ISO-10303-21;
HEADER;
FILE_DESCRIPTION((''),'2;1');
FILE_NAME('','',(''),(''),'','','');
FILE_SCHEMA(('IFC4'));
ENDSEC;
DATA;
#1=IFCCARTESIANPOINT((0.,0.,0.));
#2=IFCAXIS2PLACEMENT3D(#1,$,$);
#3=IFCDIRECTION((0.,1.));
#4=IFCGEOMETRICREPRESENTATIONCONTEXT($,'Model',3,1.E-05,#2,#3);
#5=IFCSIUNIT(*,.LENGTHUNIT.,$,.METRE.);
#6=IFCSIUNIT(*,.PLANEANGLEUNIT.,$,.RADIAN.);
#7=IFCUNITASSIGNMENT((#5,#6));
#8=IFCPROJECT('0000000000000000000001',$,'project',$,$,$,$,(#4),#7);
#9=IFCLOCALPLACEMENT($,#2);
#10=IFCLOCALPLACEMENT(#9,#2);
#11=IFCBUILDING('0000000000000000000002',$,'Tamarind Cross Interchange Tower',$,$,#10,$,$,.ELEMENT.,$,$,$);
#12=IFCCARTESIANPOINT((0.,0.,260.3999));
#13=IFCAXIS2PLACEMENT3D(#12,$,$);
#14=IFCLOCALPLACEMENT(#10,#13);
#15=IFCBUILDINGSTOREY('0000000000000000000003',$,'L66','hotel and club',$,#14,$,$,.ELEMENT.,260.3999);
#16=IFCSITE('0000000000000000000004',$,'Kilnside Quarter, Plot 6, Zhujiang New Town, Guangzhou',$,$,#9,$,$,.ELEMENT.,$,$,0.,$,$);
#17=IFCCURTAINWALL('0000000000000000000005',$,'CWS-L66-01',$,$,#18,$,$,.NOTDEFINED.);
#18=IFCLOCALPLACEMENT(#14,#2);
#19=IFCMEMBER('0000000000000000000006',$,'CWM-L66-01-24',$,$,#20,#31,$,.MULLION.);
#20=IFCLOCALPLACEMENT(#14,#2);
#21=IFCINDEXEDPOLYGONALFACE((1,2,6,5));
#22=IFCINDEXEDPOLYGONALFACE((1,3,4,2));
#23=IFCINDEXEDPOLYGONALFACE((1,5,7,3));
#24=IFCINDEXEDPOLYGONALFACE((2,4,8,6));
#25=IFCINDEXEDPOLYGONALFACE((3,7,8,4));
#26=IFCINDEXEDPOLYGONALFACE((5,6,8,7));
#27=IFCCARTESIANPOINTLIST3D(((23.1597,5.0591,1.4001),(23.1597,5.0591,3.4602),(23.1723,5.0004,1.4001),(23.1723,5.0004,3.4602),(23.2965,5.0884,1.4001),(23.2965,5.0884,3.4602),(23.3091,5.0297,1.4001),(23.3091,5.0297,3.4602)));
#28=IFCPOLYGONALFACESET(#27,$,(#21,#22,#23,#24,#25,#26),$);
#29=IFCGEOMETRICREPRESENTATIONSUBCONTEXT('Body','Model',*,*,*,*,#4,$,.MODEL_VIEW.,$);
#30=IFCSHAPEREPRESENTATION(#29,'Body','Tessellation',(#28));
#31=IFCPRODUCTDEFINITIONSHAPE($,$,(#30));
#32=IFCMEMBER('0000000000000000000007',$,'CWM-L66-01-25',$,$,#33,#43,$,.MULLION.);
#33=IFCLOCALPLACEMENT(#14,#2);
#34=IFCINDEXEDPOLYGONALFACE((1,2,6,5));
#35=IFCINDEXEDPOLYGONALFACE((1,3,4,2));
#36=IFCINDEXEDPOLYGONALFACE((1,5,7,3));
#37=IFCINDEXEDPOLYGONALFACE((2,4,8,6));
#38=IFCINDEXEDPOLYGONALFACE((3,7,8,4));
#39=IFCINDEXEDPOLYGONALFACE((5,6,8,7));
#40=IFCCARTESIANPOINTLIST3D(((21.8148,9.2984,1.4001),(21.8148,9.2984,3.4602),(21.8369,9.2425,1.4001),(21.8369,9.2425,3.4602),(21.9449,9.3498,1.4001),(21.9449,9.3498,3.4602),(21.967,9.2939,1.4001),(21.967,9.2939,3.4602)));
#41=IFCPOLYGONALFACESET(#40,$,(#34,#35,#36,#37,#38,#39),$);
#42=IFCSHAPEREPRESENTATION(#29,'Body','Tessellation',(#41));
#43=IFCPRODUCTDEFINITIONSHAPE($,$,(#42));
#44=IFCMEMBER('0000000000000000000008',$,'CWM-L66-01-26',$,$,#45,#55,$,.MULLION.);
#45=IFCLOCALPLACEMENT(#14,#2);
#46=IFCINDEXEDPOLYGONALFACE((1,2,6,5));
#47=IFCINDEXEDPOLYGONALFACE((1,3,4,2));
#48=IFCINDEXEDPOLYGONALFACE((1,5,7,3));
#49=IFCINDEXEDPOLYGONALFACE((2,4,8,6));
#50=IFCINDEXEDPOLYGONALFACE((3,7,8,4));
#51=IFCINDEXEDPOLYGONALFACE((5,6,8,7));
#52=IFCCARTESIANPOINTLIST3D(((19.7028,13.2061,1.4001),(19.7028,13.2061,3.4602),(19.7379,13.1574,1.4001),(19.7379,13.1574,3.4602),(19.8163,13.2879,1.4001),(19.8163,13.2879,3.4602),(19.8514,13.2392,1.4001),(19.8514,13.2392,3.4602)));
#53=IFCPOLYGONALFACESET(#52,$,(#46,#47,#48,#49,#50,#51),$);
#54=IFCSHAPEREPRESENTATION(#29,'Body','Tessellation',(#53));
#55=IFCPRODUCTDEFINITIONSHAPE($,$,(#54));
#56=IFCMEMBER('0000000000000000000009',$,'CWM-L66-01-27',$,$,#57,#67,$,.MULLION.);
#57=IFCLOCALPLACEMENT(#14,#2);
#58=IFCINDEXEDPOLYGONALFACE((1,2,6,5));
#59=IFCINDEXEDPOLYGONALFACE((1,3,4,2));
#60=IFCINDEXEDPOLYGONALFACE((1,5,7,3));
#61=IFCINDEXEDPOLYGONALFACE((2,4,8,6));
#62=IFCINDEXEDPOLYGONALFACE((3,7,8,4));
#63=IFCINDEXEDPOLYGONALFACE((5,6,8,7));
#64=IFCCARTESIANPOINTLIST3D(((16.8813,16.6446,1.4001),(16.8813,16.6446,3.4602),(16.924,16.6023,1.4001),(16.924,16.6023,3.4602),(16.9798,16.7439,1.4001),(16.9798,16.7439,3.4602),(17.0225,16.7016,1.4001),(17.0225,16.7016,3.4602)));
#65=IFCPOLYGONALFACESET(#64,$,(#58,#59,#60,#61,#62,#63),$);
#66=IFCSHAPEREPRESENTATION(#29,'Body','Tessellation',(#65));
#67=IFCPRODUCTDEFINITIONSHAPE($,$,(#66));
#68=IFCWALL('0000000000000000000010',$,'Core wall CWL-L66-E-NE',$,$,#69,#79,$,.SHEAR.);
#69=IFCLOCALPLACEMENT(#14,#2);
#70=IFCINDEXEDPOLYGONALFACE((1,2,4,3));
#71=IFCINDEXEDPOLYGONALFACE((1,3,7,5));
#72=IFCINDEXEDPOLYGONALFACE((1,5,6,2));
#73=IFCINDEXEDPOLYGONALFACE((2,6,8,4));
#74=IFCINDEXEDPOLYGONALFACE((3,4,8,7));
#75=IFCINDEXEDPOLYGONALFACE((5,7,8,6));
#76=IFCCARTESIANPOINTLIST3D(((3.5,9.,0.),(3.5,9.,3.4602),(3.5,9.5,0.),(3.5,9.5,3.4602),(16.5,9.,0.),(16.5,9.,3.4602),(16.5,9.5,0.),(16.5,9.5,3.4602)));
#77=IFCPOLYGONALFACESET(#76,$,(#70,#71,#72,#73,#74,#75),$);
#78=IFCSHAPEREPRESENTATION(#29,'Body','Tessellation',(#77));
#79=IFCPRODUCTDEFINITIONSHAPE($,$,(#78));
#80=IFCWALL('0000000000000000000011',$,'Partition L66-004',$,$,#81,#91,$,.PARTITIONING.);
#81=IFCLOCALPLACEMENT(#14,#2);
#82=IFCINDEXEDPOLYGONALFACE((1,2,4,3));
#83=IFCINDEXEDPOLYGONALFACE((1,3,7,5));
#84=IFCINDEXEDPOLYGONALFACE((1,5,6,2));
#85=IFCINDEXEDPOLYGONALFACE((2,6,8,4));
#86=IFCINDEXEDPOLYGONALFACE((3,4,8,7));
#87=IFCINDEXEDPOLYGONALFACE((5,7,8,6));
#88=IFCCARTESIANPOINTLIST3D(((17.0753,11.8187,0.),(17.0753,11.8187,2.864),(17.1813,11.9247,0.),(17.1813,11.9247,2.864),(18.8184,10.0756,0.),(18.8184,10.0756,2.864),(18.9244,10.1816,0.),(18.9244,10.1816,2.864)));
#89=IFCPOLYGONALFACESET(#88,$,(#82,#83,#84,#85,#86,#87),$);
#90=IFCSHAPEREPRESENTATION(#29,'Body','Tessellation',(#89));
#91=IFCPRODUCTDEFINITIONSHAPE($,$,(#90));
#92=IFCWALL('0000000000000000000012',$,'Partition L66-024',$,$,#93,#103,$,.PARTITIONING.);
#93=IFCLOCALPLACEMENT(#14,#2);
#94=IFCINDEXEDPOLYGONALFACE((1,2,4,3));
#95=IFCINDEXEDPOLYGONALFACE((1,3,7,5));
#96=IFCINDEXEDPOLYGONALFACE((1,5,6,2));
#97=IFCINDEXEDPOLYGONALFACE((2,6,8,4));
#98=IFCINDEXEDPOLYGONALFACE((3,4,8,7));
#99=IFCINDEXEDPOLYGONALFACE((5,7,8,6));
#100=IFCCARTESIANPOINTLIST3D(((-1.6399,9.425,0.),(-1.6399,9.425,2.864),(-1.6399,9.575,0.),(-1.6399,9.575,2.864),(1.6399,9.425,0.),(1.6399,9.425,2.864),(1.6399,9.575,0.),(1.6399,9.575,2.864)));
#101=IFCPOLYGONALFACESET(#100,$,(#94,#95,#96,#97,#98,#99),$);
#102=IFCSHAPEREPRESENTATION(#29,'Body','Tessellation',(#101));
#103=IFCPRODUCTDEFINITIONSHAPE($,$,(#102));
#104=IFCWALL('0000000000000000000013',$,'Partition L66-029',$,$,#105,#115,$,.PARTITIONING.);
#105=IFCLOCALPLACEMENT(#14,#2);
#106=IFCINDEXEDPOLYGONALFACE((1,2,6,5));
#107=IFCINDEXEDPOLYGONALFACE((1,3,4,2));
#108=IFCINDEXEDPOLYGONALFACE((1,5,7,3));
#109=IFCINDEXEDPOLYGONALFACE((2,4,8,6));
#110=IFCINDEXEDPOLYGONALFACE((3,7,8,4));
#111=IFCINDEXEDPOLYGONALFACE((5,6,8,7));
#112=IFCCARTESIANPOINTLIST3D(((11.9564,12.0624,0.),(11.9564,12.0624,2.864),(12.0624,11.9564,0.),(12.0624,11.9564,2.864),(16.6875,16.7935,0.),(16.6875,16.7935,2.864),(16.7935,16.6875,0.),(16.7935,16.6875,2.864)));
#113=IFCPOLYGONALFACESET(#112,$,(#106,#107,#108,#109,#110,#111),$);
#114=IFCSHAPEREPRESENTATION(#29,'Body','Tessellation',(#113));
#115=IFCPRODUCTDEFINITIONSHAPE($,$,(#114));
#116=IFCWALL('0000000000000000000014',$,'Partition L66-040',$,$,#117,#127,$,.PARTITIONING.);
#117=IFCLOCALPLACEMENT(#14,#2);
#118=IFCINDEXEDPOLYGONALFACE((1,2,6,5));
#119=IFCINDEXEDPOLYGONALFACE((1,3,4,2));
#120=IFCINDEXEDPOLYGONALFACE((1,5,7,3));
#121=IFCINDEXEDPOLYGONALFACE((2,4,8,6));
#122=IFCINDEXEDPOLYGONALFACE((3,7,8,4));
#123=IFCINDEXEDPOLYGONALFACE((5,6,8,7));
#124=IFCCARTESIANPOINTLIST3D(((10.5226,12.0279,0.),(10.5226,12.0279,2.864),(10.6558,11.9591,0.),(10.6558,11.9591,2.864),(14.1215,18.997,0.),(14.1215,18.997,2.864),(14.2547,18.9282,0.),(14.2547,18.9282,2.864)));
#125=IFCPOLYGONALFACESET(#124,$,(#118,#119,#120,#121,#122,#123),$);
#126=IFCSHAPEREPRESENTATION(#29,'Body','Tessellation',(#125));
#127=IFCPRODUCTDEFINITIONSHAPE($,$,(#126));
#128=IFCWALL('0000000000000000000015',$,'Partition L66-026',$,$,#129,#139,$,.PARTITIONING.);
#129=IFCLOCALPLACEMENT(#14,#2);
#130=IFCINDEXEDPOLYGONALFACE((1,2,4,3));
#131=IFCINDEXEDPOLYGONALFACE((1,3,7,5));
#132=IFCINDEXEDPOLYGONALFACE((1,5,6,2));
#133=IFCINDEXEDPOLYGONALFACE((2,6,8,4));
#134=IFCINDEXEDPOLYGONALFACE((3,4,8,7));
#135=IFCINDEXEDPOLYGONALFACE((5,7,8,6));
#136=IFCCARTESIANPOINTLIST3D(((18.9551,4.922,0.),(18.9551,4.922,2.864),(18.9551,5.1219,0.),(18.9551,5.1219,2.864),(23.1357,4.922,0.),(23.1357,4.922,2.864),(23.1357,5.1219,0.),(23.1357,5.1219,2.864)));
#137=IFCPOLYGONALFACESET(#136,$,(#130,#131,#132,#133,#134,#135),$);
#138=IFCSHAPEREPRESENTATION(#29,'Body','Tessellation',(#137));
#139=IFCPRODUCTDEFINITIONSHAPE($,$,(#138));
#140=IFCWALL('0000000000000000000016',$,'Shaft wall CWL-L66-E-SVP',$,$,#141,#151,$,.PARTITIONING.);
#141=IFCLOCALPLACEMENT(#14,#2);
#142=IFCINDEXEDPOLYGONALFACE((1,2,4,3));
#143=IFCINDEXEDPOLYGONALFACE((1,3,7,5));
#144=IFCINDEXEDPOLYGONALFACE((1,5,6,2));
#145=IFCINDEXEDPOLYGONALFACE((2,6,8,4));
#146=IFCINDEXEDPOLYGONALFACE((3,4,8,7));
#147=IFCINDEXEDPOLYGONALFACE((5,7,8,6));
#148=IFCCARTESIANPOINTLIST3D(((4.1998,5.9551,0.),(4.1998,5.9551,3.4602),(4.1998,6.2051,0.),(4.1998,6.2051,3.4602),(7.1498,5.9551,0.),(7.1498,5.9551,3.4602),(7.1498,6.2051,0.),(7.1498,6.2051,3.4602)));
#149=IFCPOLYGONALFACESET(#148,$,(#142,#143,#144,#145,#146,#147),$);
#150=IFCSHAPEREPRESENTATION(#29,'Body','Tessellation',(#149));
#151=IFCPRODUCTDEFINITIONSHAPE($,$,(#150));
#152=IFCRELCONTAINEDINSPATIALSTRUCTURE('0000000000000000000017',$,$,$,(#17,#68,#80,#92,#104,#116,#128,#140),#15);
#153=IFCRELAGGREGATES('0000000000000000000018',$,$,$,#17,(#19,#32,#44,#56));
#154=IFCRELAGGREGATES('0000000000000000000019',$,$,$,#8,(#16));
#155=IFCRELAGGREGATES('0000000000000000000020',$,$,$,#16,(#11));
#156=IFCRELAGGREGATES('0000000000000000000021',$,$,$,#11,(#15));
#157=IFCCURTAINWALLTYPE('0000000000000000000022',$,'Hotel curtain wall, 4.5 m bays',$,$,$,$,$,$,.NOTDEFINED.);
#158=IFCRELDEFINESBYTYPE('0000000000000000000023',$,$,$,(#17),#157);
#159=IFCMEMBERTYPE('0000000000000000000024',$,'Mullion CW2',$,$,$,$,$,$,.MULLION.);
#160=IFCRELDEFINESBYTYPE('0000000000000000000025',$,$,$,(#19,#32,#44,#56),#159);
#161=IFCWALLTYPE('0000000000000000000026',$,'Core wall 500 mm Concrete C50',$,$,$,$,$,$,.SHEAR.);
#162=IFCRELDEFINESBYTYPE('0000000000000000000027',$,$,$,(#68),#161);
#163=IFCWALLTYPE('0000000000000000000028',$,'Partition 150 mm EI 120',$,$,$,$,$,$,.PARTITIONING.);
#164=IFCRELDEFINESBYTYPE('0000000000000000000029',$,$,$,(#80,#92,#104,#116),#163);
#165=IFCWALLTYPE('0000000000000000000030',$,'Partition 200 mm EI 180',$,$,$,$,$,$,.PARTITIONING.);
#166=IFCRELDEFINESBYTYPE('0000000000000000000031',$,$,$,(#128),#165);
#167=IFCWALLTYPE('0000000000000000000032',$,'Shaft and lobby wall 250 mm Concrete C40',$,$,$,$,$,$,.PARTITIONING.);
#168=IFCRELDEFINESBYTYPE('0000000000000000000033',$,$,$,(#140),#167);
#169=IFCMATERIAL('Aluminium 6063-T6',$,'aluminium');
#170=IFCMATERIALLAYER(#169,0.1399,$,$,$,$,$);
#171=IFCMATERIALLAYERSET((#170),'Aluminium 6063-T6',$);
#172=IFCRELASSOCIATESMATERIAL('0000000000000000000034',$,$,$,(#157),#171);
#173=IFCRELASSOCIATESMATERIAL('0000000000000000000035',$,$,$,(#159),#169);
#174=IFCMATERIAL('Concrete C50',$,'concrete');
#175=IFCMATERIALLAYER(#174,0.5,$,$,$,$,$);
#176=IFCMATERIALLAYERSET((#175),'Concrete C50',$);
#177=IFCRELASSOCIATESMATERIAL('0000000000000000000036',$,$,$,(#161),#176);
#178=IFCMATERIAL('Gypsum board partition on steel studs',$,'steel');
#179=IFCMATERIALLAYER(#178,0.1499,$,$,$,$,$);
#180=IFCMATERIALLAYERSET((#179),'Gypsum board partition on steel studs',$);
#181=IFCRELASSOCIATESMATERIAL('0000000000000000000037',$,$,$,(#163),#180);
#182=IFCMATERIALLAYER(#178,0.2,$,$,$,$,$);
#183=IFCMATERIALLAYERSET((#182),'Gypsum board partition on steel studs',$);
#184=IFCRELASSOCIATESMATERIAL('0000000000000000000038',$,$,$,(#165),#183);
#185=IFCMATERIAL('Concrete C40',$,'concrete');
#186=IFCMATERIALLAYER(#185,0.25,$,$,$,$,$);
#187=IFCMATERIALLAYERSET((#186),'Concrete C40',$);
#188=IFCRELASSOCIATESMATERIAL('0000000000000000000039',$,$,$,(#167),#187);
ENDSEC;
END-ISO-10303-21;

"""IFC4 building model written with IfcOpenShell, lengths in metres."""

from ifc_helpers import new_model, si_unit, direction, frame, frame_2d, origin, origin_2d, place, context, subcontext, project, spatial, rectangle, extrude, material, layer, layer_set, material_profile, profile_set, type_object, element, aggregate, save


model = new_model("IFC4")

# Units and contexts
model_context = context("Model", 3, precision=1e-05, world=origin(), true_north=direction((0.0, 1.0)))
body_context = subcontext(model_context, "Body", "Model", "MODEL_VIEW")
ifc_project = project(units=[si_unit("LENGTHUNIT", "METRE"), si_unit("PLANEANGLEUNIT", "RADIAN")], contexts=[model_context])

# Site, building, storey
site_placement = place(None, origin())
site = spatial("IfcSite", under=ifc_project, at=site_placement, Name="Kilnside Quarter, Plot 6, Zhujiang New Town, Guangzhou", CompositionType="ELEMENT", RefElevation=0.0)
building_placement = place(site_placement, origin())
building = spatial("IfcBuilding", under=site, at=building_placement, Name="Tamarind Cross Interchange Tower", CompositionType="ELEMENT")
storey_placement = place(building_placement, frame((0.0, 0.0, 260.3999)))
storey = spatial("IfcBuildingStorey", under=building, at=storey_placement, Name="L66", Description="hotel and club", CompositionType="ELEMENT", Elevation=260.3999)

# Curtain wall, members
ifc_material_1 = material(Name="Aluminium 6063-T6", Category="aluminium")
ifc_layer_1 = layer(ifc_material_1, 0.1399)
ifc_layer_set_1 = layer_set([ifc_layer_1], Name="Aluminium 6063-T6")
curtain_wall_type = type_object("IfcCurtainWallType", Name="Hotel curtain wall, 4.5 m bays", PredefinedType="NOTDEFINED", material=ifc_layer_set_1)
curtain_wall_placement = place(storey_placement, origin())
curtain_wall = element("IfcCurtainWall", 1, at=curtain_wall_placement, inside=storey, type_object=curtain_wall_type, Name="CWS-L66-01", PredefinedType="NOTDEFINED")
ifc_material_profile_1 = material_profile(ifc_material_1, rectangle(XDim=0.0601, YDim=0.1399, at=origin_2d()), Name="Mullion CW2")
ifc_profile_set_1 = profile_set([ifc_material_profile_1], Name="Aluminium 6063-T6")
member_type = type_object("IfcMemberType", Name="Mullion CW2", PredefinedType="MULLION", material=ifc_profile_set_1)
member_1_placement = place(storey_placement, frame((23.2344, 5.0444, 1.4001), z_axis=(0.0, 0.0, 1.0), x_axis=(-0.209425, 0.977825, 0.0)))
member_1 = element("IfcMember", 2, at=member_1_placement, type_object=member_type, Name="CWM-L66-01-24", PredefinedType="MULLION", context=body_context, shape_type="SweptSolid", body=[
    extrude(rectangle(XDim=0.0601, YDim=0.1399, at=origin_2d()), origin(), (0.0, 0.0, 1.0), 2.0601),
])
member_2_placement = place(storey_placement, frame((21.8909, 9.2961, 1.4001), z_axis=(0.0, 0.0, 1.0), x_axis=(-0.367514, 0.930018, 0.0)))
member_2 = element("IfcMember", 3, at=member_2_placement, type_object=member_type, Name="CWM-L66-01-25", PredefinedType="MULLION", context=body_context, shape_type="SweptSolid", body=[
    extrude(rectangle(XDim=0.0601, YDim=0.1399, at=origin_2d()), origin(), (0.0, 0.0, 1.0), 2.0601),
])
member_3_placement = place(storey_placement, frame((19.7771, 13.2227, 1.4001), z_axis=(0.0, 0.0, 1.0), x_axis=(-0.584574, 0.81134, 0.0)))
member_3 = element("IfcMember", 4, at=member_3_placement, type_object=member_type, Name="CWM-L66-01-26", PredefinedType="MULLION", context=body_context, shape_type="SweptSolid", body=[
    extrude(rectangle(XDim=0.0601, YDim=0.1399, at=origin_2d()), origin(), (0.0, 0.0, 1.0), 2.0601),
])
member_4_placement = place(storey_placement, frame((16.9519, 16.6731, 1.4001), z_axis=(0.0, 0.0, 1.0), x_axis=(-0.710143, 0.704057, 0.0)))
member_4 = element("IfcMember", 5, at=member_4_placement, type_object=member_type, Name="CWM-L66-01-27", PredefinedType="MULLION", context=body_context, shape_type="SweptSolid", body=[
    extrude(rectangle(XDim=0.0601, YDim=0.1399, at=origin_2d()), origin(), (0.0, 0.0, 1.0), 2.0601),
])
aggregate(curtain_wall, [member_1, member_2, member_3, member_4])

# Walls
ifc_material_2 = material(Name="Concrete C50", Category="concrete")
ifc_layer_2 = layer(ifc_material_2, 0.5)
ifc_layer_set_2 = layer_set([ifc_layer_2], Name="Concrete C50")
wall_type_1 = type_object("IfcWallType", Name="Core wall 500 mm Concrete C50", PredefinedType="SHEAR", material=ifc_layer_set_2)
wall_1_placement = place(storey_placement, frame((16.5, 9.25, 0.0), z_axis=(0.0, 0.0, 1.0), x_axis=(-1.0, 0.0, 0.0)))
element("IfcWall", 6, at=wall_1_placement, inside=storey, type_object=wall_type_1, Name="Core wall CWL-L66-E-NE", PredefinedType="SHEAR", context=body_context, shape_type="SweptSolid", body=[
    extrude(rectangle(XDim=13.0, YDim=0.5, at=frame_2d((6.5, 0.0))), origin(), (0.0, 0.0, 1.0), 3.4602),
])
ifc_material_3 = material(Name="Gypsum board partition on steel studs", Category="steel")
ifc_layer_3 = layer(ifc_material_3, 0.1499)
ifc_layer_set_3 = layer_set([ifc_layer_3], Name="Gypsum board partition on steel studs")
wall_type_2 = type_object("IfcWallType", Name="Partition 150 mm EI 120", PredefinedType="PARTITIONING", material=ifc_layer_set_3)
wall_2_placement = place(storey_placement, frame((17.1284, 11.8716, 0.0), z_axis=(0.0, 0.0, 1.0), x_axis=(0.707107, -0.707107, 0.0)))
element("IfcWall", 7, at=wall_2_placement, inside=storey, type_object=wall_type_2, Name="Partition L66-004", PredefinedType="PARTITIONING", context=body_context, shape_type="SweptSolid", body=[
    extrude(rectangle(XDim=2.4651, YDim=0.1499, at=frame_2d((1.2324, 0.0))), origin(), (0.0, 0.0, 1.0), 2.864),
])
wall_3_placement = place(storey_placement, frame((-1.6399, 9.5, 0.0), z_axis=(0.0, 0.0, 1.0), x_axis=(1.0, 0.0, 0.0)))
element("IfcWall", 8, at=wall_3_placement, inside=storey, type_object=wall_type_2, Name="Partition L66-024", PredefinedType="PARTITIONING", context=body_context, shape_type="SweptSolid", body=[
    extrude(rectangle(XDim=3.2798, YDim=0.1499, at=frame_2d((1.6399, 0.0))), origin(), (0.0, 0.0, 1.0), 2.864),
])
wall_4_placement = place(storey_placement, frame((12.0095, 12.0095, 0.0), z_axis=(0.0, 0.0, 1.0), x_axis=(0.707107, 0.707107, 0.0)))
element("IfcWall", 9, at=wall_4_placement, inside=storey, type_object=wall_type_2, Name="Partition L66-029", PredefinedType="PARTITIONING", context=body_context, shape_type="SweptSolid", body=[
    extrude(rectangle(XDim=6.6907, YDim=0.1499, at=frame_2d((3.3452, 0.0))), origin(), (0.0, 0.0, 1.0), 2.864),
])
wall_5_placement = place(storey_placement, frame((10.5891, 11.9934, 0.0), z_axis=(0.0, 0.0, 1.0), x_axis=(0.458842, 0.888518, 0.0)))
element("IfcWall", 10, at=wall_5_placement, inside=storey, type_object=wall_type_2, Name="Partition L66-040", PredefinedType="PARTITIONING", context=body_context, shape_type="SweptSolid", body=[
    extrude(rectangle(XDim=7.8435, YDim=0.1499, at=frame_2d((3.9219, 0.0))), origin(), (0.0, 0.0, 1.0), 2.864),
])
ifc_layer_4 = layer(ifc_material_3, 0.2)
ifc_layer_set_4 = layer_set([ifc_layer_4], Name="Gypsum board partition on steel studs")
wall_type_3 = type_object("IfcWallType", Name="Partition 200 mm EI 180", PredefinedType="PARTITIONING", material=ifc_layer_set_4)
wall_6_placement = place(storey_placement, frame((18.9551, 5.022, 0.0), z_axis=(0.0, 0.0, 1.0), x_axis=(1.0, 0.0, 0.0)))
element("IfcWall", 11, at=wall_6_placement, inside=storey, type_object=wall_type_3, Name="Partition L66-026", PredefinedType="PARTITIONING", context=body_context, shape_type="SweptSolid", body=[
    extrude(rectangle(XDim=4.1807, YDim=0.2, at=frame_2d((2.0903, 0.0))), origin(), (0.0, 0.0, 1.0), 2.864),
])
ifc_material_4 = material(Name="Concrete C40", Category="concrete")
ifc_layer_5 = layer(ifc_material_4, 0.25)
ifc_layer_set_5 = layer_set([ifc_layer_5], Name="Concrete C40")
wall_type_4 = type_object("IfcWallType", Name="Shaft and lobby wall 250 mm Concrete C40", PredefinedType="PARTITIONING", material=ifc_layer_set_5)
wall_7_placement = place(storey_placement, frame((7.1499, 6.0801, 0.0), z_axis=(0.0, 0.0, 1.0), x_axis=(-1.0, 0.0, 0.0)))
element("IfcWall", 12, at=wall_7_placement, inside=storey, type_object=wall_type_4, Name="Shaft wall CWL-L66-E-SVP", PredefinedType="PARTITIONING", context=body_context, shape_type="SweptSolid", body=[
    extrude(rectangle(XDim=2.95, YDim=0.25, at=frame_2d((1.4751, 0.0))), origin(), (0.0, 0.0, 1.0), 3.4602),
])

save(model, "model.ifc")
